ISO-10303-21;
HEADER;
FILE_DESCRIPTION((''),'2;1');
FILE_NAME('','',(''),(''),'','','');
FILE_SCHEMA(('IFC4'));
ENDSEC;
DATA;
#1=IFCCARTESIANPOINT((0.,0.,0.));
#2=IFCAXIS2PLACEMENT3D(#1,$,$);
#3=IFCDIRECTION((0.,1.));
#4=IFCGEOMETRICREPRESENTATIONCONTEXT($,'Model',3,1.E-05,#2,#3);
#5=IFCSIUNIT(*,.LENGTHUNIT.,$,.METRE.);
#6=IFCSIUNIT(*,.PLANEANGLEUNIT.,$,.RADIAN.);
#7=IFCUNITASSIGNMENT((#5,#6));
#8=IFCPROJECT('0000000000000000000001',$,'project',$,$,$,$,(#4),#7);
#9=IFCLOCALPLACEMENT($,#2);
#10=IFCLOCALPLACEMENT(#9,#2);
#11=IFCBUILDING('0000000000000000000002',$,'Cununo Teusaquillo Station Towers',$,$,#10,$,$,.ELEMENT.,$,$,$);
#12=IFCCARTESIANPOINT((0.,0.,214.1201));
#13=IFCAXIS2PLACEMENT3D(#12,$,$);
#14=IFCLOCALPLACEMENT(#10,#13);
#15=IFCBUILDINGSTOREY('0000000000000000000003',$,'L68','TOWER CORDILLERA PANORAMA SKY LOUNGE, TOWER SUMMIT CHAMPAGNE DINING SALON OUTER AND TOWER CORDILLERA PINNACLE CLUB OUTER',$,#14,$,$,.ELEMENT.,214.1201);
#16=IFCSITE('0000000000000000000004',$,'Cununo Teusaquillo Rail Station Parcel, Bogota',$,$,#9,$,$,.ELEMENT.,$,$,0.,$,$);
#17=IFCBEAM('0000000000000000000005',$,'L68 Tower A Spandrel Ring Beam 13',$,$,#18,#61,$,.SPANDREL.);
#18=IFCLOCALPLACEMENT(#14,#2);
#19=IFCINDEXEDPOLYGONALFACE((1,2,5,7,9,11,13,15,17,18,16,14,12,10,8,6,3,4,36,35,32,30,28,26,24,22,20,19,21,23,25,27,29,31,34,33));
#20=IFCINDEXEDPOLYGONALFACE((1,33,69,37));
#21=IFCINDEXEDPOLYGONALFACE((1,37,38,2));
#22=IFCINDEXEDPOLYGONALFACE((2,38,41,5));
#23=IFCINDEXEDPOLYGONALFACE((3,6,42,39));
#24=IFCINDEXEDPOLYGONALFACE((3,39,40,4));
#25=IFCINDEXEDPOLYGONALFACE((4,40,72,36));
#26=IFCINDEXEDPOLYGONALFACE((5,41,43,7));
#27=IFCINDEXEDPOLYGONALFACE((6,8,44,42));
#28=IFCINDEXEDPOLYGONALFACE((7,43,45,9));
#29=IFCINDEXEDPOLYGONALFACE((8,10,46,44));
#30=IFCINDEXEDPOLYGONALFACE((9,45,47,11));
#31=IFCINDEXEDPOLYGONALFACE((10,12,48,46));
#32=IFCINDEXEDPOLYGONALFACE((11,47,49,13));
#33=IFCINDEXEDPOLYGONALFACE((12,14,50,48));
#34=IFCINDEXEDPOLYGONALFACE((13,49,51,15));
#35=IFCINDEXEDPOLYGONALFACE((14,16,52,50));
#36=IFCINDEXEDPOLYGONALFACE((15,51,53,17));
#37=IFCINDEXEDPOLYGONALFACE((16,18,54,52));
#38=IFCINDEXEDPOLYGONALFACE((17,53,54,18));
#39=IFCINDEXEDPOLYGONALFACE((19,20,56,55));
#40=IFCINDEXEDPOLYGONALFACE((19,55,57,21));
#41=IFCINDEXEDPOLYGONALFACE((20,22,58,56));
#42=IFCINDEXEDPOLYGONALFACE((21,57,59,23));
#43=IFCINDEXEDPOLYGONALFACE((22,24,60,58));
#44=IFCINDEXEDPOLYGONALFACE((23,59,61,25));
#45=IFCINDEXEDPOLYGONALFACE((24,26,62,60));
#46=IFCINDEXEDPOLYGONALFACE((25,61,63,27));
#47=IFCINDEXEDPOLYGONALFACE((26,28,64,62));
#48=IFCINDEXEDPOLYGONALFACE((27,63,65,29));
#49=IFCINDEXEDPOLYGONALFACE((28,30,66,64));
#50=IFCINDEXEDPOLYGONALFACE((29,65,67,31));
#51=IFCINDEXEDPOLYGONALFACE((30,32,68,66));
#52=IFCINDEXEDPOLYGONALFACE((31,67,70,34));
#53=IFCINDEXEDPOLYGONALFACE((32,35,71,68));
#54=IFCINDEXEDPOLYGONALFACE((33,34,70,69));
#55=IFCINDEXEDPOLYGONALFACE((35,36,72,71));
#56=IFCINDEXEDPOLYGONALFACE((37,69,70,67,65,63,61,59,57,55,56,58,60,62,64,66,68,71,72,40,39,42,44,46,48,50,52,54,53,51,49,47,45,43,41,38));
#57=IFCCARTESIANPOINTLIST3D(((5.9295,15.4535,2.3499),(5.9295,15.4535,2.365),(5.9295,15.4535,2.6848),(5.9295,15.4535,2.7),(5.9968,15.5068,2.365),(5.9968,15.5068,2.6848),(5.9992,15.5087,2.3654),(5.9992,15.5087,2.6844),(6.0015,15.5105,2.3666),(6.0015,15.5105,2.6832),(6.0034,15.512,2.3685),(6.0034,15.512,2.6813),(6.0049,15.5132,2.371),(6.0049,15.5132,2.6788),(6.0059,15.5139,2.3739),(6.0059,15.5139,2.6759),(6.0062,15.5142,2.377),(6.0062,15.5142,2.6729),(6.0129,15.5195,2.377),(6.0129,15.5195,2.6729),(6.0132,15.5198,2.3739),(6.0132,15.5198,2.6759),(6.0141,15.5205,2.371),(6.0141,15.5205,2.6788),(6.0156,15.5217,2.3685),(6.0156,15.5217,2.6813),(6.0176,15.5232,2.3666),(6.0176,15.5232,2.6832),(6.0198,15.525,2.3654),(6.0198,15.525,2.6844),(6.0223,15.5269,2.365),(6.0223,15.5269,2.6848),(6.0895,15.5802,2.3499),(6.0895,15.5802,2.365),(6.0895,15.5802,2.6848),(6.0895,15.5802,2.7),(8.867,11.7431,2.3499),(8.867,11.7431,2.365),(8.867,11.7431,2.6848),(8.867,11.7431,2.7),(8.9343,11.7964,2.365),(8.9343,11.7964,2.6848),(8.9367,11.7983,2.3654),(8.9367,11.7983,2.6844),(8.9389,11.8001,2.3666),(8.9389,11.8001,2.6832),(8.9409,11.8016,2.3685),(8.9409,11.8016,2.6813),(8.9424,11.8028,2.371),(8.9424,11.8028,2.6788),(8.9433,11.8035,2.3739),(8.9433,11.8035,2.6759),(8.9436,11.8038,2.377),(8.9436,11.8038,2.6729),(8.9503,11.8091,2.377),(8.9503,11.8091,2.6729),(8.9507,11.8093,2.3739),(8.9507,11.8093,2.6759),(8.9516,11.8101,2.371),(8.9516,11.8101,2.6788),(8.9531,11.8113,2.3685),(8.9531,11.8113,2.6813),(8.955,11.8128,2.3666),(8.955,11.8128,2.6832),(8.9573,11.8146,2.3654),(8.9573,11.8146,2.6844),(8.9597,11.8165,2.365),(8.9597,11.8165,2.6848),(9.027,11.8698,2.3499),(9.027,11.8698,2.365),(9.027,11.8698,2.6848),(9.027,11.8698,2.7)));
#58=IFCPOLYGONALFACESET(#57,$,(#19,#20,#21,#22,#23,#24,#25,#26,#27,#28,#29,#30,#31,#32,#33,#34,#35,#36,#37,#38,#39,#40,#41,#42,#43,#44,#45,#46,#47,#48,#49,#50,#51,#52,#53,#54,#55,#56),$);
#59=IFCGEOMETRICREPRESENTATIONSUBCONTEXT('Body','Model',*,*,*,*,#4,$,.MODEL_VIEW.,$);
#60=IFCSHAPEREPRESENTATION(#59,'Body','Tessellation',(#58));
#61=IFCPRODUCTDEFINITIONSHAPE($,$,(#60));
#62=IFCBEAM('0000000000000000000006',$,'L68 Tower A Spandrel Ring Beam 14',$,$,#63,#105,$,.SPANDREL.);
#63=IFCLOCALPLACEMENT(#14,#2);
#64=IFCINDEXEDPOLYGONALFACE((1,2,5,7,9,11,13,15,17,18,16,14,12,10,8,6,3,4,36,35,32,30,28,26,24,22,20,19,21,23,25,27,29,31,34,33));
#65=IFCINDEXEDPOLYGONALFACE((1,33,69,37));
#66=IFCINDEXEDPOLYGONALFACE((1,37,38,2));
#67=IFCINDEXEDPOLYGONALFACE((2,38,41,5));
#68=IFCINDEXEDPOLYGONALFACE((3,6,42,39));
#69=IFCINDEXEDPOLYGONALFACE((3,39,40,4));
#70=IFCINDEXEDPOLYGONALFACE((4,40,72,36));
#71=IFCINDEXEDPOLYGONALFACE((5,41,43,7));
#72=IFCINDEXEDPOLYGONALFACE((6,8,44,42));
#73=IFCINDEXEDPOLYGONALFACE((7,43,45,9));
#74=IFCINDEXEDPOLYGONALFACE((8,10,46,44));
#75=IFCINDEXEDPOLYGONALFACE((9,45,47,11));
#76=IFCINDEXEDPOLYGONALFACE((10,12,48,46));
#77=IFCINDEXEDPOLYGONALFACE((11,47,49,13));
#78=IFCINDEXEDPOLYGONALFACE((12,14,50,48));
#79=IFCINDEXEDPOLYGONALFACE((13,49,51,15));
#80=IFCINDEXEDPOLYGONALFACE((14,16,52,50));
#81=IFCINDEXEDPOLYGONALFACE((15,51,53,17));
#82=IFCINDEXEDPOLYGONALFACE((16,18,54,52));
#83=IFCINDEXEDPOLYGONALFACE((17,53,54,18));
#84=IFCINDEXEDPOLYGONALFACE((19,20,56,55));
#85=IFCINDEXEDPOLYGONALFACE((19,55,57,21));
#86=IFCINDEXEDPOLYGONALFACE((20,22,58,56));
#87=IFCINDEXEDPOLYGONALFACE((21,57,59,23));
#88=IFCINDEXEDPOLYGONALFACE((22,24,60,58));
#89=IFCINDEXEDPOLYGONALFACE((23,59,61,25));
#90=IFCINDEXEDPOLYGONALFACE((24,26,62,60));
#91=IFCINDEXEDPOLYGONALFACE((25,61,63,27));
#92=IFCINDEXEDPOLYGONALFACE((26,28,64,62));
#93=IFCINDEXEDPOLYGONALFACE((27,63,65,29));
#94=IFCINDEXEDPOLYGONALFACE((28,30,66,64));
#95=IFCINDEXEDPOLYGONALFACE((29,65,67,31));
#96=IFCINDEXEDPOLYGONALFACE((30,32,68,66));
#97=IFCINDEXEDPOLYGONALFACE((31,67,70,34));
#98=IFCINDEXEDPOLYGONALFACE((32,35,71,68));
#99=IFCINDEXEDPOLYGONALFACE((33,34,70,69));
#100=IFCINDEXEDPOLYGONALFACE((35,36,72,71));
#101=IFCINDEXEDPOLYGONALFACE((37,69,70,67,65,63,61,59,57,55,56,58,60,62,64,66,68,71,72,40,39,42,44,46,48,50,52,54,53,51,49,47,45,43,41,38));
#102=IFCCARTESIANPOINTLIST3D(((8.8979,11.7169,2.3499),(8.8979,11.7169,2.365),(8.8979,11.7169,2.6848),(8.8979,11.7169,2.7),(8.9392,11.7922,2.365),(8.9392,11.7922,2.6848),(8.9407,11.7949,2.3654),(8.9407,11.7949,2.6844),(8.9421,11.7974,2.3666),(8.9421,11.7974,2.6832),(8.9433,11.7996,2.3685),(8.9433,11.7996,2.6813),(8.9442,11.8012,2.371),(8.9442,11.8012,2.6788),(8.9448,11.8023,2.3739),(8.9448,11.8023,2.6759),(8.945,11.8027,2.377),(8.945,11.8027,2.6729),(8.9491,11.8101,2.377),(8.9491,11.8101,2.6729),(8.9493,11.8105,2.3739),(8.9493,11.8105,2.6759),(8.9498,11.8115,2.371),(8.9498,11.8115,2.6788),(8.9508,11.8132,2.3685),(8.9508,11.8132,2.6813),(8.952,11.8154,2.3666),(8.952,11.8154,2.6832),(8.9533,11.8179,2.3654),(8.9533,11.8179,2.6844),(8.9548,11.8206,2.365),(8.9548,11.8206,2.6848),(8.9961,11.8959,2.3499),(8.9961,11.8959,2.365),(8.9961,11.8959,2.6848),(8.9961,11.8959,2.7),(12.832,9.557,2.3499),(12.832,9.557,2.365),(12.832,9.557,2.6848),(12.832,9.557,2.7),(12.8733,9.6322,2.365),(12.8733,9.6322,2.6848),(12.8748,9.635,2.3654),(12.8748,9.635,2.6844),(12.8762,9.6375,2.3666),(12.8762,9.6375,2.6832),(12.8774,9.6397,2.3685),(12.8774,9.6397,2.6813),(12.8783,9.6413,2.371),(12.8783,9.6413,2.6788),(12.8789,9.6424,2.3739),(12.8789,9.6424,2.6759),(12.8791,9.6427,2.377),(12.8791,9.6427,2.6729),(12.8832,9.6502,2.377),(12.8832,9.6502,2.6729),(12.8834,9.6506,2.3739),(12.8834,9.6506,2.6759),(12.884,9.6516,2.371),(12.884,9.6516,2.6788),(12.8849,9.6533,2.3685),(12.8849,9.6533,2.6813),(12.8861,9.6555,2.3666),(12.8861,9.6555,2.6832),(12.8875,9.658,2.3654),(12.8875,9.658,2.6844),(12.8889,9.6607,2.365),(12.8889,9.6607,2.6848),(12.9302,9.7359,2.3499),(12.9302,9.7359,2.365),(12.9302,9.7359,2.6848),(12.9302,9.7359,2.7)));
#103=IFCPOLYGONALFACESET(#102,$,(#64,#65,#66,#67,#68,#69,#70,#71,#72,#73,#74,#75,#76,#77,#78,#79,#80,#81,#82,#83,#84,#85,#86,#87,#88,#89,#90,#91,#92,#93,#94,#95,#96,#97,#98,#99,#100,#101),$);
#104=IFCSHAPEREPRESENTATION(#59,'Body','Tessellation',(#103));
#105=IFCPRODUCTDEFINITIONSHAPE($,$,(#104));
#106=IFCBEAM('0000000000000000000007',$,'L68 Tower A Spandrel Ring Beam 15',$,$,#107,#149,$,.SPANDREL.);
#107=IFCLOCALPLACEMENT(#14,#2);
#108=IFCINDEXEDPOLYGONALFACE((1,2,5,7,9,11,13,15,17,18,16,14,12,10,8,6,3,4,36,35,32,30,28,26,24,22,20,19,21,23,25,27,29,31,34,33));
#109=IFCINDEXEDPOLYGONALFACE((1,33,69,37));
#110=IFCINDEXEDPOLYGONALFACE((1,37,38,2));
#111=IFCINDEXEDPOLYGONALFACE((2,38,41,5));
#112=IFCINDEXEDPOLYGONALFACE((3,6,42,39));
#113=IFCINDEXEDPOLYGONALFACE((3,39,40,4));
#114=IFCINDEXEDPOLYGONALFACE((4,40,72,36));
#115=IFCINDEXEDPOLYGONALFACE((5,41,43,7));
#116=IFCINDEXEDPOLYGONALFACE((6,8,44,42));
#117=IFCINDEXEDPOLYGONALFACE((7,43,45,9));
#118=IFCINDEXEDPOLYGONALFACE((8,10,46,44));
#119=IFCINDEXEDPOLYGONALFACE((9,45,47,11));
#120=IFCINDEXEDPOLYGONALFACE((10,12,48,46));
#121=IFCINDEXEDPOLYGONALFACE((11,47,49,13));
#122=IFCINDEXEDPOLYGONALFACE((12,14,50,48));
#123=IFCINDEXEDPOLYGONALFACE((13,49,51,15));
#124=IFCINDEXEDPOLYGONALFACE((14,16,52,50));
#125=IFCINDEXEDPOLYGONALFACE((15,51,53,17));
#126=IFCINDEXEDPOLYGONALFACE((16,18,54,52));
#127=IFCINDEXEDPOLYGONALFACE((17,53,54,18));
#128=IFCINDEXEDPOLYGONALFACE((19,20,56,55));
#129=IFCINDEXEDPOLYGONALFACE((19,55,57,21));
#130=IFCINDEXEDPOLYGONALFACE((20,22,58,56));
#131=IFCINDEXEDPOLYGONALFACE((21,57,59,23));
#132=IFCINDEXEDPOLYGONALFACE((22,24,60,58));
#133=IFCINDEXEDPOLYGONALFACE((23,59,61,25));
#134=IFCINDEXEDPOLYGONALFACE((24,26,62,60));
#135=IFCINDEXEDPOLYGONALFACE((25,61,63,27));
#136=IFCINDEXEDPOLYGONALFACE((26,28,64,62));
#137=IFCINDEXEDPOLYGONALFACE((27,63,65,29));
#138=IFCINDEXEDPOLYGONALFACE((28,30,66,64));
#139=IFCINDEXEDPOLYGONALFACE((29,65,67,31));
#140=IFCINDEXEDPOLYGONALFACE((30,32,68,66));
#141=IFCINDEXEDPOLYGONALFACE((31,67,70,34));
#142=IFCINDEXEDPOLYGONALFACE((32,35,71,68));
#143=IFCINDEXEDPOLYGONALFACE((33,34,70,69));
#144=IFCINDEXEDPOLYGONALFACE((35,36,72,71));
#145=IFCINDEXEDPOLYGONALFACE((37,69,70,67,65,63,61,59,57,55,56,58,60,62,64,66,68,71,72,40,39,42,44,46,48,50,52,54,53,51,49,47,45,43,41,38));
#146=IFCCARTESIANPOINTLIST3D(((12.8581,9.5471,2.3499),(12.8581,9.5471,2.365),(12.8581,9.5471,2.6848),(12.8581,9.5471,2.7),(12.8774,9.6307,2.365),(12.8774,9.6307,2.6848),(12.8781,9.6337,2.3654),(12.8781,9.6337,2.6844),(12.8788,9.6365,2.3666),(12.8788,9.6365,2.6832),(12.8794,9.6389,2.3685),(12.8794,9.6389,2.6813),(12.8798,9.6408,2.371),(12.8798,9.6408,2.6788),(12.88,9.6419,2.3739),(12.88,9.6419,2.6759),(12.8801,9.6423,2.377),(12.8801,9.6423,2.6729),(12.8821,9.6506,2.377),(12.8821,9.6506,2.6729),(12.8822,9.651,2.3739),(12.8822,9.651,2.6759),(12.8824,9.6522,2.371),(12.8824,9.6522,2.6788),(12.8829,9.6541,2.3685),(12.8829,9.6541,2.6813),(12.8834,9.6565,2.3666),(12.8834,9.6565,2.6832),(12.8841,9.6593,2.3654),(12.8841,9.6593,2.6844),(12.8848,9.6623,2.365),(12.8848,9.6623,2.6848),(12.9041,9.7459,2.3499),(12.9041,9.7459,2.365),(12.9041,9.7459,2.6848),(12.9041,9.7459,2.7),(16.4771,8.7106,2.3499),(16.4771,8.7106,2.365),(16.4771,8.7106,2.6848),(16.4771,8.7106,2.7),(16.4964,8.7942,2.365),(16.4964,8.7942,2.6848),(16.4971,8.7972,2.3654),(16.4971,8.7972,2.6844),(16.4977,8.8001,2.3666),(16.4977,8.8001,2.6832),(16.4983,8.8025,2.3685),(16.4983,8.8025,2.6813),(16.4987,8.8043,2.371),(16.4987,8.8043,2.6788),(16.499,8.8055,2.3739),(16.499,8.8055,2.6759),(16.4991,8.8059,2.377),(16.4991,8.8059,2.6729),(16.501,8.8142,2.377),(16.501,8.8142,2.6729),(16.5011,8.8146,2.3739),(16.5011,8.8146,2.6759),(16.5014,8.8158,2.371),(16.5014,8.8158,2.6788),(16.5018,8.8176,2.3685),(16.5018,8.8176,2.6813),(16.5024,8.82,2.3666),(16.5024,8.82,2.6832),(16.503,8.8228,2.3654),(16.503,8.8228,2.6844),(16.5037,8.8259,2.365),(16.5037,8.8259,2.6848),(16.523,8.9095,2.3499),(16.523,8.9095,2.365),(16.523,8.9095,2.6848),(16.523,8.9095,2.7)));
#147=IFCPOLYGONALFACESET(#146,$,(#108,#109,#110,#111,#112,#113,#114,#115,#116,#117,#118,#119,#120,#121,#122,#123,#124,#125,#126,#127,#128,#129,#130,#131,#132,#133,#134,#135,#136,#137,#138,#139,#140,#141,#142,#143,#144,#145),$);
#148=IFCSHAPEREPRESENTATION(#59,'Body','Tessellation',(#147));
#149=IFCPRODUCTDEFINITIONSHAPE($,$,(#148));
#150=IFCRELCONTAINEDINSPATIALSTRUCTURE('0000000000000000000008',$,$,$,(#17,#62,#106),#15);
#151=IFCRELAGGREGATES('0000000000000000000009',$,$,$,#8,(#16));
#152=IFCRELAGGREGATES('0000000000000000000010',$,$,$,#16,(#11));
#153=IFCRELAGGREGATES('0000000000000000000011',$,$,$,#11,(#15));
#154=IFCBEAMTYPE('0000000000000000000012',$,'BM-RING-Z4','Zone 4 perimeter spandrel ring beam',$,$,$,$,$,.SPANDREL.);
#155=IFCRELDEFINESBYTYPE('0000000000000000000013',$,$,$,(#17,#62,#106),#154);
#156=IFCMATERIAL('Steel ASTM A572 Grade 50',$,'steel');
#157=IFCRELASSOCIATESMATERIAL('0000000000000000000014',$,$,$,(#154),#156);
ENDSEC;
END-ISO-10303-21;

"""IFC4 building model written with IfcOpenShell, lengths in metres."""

from ifc_helpers import new_model, si_unit, direction, frame, origin, origin_2d, place, context, subcontext, project, spatial, i_section, extrude, material, material_profile, profile_set, type_object, element, save


model = new_model("IFC4")

# Units and contexts
model_context = context("Model", 3, precision=1e-05, world=origin(), true_north=direction((0.0, 1.0)))
body_context = subcontext(model_context, "Body", "Model", "MODEL_VIEW")
ifc_project = project(units=[si_unit("LENGTHUNIT", "METRE"), si_unit("PLANEANGLEUNIT", "RADIAN")], contexts=[model_context])

# Site, building, storey
site_placement = place(None, origin())
site = spatial("IfcSite", under=ifc_project, at=site_placement, Name="Cununo Teusaquillo Rail Station Parcel, Bogota", CompositionType="ELEMENT", RefElevation=0.0)
building_placement = place(site_placement, origin())
building = spatial("IfcBuilding", under=site, at=building_placement, Name="Cununo Teusaquillo Station Towers", CompositionType="ELEMENT")
storey_placement = place(building_placement, frame((0.0, 0.0, 214.1201)))
storey = spatial("IfcBuildingStorey", under=building, at=storey_placement, Name="L68", Description="TOWER CORDILLERA PANORAMA SKY LOUNGE, TOWER SUMMIT CHAMPAGNE DINING SALON OUTER AND TOWER CORDILLERA PINNACLE CLUB OUTER", CompositionType="ELEMENT", Elevation=214.1201)

# Beams
ifc_material_1 = material(Name="Steel ASTM A572 Grade 50", Category="steel")
ifc_material_profile_1 = material_profile(ifc_material_1, i_section(OverallWidth=0.2041, OverallDepth=0.3501, WebThickness=0.0085, FlangeThickness=0.0151, FilletRadius=0.012, at=origin_2d()), Name="W14X48")
ifc_profile_set_1 = profile_set([ifc_material_profile_1], Name="Steel ASTM A572 Grade 50")
beam_type = type_object("IfcBeamType", Name="BM-RING-Z4", Description="Zone 4 perimeter spandrel ring beam", PredefinedType="SPANDREL", material=ifc_profile_set_1)
beam_1_placement = place(storey_placement, frame((6.0095, 15.5168, 2.5249), z_axis=(0.620711, -0.78404, 0.0), x_axis=(0.78404, 0.620711, 0.0)))
element("IfcBeam", 1, at=beam_1_placement, inside=storey, type_object=beam_type, Name="L68 Tower A Spandrel Ring Beam 13", PredefinedType="SPANDREL", context=body_context, shape_type="SweptSolid", body=[
    extrude(i_section(OverallWidth=0.2041, OverallDepth=0.3501, WebThickness=0.0085, FlangeThickness=0.0151, FilletRadius=0.012, at=origin_2d()), origin(), (0.0, 0.0, 1.0), 4.7324),
])
beam_2_placement = place(storey_placement, frame((8.947, 11.8064, 2.5249), z_axis=(0.876576, -0.481263, 0.0), x_axis=(0.481263, 0.876576, 0.0)))
element("IfcBeam", 2, at=beam_2_placement, inside=storey, type_object=beam_type, Name="L68 Tower A Spandrel Ring Beam 14", PredefinedType="SPANDREL", context=body_context, shape_type="SweptSolid", body=[
    extrude(i_section(OverallWidth=0.2041, OverallDepth=0.3501, WebThickness=0.0085, FlangeThickness=0.0151, FilletRadius=0.012, at=origin_2d()), origin(), (0.0, 0.0, 1.0), 4.488),
])
beam_3_placement = place(storey_placement, frame((12.8811, 9.6465, 2.5249), z_axis=(0.974315, -0.225191, 0.0), x_axis=(0.225191, 0.974315, 0.0)))
element("IfcBeam", 3, at=beam_3_placement, inside=storey, type_object=beam_type, Name="L68 Tower A Spandrel Ring Beam 15", PredefinedType="SPANDREL", context=body_context, shape_type="SweptSolid", body=[
    extrude(i_section(OverallWidth=0.2041, OverallDepth=0.3501, WebThickness=0.0085, FlangeThickness=0.0151, FilletRadius=0.012, at=origin_2d()), origin(), (0.0, 0.0, 1.0), 3.7144),
])

save(model, "model.ifc")
